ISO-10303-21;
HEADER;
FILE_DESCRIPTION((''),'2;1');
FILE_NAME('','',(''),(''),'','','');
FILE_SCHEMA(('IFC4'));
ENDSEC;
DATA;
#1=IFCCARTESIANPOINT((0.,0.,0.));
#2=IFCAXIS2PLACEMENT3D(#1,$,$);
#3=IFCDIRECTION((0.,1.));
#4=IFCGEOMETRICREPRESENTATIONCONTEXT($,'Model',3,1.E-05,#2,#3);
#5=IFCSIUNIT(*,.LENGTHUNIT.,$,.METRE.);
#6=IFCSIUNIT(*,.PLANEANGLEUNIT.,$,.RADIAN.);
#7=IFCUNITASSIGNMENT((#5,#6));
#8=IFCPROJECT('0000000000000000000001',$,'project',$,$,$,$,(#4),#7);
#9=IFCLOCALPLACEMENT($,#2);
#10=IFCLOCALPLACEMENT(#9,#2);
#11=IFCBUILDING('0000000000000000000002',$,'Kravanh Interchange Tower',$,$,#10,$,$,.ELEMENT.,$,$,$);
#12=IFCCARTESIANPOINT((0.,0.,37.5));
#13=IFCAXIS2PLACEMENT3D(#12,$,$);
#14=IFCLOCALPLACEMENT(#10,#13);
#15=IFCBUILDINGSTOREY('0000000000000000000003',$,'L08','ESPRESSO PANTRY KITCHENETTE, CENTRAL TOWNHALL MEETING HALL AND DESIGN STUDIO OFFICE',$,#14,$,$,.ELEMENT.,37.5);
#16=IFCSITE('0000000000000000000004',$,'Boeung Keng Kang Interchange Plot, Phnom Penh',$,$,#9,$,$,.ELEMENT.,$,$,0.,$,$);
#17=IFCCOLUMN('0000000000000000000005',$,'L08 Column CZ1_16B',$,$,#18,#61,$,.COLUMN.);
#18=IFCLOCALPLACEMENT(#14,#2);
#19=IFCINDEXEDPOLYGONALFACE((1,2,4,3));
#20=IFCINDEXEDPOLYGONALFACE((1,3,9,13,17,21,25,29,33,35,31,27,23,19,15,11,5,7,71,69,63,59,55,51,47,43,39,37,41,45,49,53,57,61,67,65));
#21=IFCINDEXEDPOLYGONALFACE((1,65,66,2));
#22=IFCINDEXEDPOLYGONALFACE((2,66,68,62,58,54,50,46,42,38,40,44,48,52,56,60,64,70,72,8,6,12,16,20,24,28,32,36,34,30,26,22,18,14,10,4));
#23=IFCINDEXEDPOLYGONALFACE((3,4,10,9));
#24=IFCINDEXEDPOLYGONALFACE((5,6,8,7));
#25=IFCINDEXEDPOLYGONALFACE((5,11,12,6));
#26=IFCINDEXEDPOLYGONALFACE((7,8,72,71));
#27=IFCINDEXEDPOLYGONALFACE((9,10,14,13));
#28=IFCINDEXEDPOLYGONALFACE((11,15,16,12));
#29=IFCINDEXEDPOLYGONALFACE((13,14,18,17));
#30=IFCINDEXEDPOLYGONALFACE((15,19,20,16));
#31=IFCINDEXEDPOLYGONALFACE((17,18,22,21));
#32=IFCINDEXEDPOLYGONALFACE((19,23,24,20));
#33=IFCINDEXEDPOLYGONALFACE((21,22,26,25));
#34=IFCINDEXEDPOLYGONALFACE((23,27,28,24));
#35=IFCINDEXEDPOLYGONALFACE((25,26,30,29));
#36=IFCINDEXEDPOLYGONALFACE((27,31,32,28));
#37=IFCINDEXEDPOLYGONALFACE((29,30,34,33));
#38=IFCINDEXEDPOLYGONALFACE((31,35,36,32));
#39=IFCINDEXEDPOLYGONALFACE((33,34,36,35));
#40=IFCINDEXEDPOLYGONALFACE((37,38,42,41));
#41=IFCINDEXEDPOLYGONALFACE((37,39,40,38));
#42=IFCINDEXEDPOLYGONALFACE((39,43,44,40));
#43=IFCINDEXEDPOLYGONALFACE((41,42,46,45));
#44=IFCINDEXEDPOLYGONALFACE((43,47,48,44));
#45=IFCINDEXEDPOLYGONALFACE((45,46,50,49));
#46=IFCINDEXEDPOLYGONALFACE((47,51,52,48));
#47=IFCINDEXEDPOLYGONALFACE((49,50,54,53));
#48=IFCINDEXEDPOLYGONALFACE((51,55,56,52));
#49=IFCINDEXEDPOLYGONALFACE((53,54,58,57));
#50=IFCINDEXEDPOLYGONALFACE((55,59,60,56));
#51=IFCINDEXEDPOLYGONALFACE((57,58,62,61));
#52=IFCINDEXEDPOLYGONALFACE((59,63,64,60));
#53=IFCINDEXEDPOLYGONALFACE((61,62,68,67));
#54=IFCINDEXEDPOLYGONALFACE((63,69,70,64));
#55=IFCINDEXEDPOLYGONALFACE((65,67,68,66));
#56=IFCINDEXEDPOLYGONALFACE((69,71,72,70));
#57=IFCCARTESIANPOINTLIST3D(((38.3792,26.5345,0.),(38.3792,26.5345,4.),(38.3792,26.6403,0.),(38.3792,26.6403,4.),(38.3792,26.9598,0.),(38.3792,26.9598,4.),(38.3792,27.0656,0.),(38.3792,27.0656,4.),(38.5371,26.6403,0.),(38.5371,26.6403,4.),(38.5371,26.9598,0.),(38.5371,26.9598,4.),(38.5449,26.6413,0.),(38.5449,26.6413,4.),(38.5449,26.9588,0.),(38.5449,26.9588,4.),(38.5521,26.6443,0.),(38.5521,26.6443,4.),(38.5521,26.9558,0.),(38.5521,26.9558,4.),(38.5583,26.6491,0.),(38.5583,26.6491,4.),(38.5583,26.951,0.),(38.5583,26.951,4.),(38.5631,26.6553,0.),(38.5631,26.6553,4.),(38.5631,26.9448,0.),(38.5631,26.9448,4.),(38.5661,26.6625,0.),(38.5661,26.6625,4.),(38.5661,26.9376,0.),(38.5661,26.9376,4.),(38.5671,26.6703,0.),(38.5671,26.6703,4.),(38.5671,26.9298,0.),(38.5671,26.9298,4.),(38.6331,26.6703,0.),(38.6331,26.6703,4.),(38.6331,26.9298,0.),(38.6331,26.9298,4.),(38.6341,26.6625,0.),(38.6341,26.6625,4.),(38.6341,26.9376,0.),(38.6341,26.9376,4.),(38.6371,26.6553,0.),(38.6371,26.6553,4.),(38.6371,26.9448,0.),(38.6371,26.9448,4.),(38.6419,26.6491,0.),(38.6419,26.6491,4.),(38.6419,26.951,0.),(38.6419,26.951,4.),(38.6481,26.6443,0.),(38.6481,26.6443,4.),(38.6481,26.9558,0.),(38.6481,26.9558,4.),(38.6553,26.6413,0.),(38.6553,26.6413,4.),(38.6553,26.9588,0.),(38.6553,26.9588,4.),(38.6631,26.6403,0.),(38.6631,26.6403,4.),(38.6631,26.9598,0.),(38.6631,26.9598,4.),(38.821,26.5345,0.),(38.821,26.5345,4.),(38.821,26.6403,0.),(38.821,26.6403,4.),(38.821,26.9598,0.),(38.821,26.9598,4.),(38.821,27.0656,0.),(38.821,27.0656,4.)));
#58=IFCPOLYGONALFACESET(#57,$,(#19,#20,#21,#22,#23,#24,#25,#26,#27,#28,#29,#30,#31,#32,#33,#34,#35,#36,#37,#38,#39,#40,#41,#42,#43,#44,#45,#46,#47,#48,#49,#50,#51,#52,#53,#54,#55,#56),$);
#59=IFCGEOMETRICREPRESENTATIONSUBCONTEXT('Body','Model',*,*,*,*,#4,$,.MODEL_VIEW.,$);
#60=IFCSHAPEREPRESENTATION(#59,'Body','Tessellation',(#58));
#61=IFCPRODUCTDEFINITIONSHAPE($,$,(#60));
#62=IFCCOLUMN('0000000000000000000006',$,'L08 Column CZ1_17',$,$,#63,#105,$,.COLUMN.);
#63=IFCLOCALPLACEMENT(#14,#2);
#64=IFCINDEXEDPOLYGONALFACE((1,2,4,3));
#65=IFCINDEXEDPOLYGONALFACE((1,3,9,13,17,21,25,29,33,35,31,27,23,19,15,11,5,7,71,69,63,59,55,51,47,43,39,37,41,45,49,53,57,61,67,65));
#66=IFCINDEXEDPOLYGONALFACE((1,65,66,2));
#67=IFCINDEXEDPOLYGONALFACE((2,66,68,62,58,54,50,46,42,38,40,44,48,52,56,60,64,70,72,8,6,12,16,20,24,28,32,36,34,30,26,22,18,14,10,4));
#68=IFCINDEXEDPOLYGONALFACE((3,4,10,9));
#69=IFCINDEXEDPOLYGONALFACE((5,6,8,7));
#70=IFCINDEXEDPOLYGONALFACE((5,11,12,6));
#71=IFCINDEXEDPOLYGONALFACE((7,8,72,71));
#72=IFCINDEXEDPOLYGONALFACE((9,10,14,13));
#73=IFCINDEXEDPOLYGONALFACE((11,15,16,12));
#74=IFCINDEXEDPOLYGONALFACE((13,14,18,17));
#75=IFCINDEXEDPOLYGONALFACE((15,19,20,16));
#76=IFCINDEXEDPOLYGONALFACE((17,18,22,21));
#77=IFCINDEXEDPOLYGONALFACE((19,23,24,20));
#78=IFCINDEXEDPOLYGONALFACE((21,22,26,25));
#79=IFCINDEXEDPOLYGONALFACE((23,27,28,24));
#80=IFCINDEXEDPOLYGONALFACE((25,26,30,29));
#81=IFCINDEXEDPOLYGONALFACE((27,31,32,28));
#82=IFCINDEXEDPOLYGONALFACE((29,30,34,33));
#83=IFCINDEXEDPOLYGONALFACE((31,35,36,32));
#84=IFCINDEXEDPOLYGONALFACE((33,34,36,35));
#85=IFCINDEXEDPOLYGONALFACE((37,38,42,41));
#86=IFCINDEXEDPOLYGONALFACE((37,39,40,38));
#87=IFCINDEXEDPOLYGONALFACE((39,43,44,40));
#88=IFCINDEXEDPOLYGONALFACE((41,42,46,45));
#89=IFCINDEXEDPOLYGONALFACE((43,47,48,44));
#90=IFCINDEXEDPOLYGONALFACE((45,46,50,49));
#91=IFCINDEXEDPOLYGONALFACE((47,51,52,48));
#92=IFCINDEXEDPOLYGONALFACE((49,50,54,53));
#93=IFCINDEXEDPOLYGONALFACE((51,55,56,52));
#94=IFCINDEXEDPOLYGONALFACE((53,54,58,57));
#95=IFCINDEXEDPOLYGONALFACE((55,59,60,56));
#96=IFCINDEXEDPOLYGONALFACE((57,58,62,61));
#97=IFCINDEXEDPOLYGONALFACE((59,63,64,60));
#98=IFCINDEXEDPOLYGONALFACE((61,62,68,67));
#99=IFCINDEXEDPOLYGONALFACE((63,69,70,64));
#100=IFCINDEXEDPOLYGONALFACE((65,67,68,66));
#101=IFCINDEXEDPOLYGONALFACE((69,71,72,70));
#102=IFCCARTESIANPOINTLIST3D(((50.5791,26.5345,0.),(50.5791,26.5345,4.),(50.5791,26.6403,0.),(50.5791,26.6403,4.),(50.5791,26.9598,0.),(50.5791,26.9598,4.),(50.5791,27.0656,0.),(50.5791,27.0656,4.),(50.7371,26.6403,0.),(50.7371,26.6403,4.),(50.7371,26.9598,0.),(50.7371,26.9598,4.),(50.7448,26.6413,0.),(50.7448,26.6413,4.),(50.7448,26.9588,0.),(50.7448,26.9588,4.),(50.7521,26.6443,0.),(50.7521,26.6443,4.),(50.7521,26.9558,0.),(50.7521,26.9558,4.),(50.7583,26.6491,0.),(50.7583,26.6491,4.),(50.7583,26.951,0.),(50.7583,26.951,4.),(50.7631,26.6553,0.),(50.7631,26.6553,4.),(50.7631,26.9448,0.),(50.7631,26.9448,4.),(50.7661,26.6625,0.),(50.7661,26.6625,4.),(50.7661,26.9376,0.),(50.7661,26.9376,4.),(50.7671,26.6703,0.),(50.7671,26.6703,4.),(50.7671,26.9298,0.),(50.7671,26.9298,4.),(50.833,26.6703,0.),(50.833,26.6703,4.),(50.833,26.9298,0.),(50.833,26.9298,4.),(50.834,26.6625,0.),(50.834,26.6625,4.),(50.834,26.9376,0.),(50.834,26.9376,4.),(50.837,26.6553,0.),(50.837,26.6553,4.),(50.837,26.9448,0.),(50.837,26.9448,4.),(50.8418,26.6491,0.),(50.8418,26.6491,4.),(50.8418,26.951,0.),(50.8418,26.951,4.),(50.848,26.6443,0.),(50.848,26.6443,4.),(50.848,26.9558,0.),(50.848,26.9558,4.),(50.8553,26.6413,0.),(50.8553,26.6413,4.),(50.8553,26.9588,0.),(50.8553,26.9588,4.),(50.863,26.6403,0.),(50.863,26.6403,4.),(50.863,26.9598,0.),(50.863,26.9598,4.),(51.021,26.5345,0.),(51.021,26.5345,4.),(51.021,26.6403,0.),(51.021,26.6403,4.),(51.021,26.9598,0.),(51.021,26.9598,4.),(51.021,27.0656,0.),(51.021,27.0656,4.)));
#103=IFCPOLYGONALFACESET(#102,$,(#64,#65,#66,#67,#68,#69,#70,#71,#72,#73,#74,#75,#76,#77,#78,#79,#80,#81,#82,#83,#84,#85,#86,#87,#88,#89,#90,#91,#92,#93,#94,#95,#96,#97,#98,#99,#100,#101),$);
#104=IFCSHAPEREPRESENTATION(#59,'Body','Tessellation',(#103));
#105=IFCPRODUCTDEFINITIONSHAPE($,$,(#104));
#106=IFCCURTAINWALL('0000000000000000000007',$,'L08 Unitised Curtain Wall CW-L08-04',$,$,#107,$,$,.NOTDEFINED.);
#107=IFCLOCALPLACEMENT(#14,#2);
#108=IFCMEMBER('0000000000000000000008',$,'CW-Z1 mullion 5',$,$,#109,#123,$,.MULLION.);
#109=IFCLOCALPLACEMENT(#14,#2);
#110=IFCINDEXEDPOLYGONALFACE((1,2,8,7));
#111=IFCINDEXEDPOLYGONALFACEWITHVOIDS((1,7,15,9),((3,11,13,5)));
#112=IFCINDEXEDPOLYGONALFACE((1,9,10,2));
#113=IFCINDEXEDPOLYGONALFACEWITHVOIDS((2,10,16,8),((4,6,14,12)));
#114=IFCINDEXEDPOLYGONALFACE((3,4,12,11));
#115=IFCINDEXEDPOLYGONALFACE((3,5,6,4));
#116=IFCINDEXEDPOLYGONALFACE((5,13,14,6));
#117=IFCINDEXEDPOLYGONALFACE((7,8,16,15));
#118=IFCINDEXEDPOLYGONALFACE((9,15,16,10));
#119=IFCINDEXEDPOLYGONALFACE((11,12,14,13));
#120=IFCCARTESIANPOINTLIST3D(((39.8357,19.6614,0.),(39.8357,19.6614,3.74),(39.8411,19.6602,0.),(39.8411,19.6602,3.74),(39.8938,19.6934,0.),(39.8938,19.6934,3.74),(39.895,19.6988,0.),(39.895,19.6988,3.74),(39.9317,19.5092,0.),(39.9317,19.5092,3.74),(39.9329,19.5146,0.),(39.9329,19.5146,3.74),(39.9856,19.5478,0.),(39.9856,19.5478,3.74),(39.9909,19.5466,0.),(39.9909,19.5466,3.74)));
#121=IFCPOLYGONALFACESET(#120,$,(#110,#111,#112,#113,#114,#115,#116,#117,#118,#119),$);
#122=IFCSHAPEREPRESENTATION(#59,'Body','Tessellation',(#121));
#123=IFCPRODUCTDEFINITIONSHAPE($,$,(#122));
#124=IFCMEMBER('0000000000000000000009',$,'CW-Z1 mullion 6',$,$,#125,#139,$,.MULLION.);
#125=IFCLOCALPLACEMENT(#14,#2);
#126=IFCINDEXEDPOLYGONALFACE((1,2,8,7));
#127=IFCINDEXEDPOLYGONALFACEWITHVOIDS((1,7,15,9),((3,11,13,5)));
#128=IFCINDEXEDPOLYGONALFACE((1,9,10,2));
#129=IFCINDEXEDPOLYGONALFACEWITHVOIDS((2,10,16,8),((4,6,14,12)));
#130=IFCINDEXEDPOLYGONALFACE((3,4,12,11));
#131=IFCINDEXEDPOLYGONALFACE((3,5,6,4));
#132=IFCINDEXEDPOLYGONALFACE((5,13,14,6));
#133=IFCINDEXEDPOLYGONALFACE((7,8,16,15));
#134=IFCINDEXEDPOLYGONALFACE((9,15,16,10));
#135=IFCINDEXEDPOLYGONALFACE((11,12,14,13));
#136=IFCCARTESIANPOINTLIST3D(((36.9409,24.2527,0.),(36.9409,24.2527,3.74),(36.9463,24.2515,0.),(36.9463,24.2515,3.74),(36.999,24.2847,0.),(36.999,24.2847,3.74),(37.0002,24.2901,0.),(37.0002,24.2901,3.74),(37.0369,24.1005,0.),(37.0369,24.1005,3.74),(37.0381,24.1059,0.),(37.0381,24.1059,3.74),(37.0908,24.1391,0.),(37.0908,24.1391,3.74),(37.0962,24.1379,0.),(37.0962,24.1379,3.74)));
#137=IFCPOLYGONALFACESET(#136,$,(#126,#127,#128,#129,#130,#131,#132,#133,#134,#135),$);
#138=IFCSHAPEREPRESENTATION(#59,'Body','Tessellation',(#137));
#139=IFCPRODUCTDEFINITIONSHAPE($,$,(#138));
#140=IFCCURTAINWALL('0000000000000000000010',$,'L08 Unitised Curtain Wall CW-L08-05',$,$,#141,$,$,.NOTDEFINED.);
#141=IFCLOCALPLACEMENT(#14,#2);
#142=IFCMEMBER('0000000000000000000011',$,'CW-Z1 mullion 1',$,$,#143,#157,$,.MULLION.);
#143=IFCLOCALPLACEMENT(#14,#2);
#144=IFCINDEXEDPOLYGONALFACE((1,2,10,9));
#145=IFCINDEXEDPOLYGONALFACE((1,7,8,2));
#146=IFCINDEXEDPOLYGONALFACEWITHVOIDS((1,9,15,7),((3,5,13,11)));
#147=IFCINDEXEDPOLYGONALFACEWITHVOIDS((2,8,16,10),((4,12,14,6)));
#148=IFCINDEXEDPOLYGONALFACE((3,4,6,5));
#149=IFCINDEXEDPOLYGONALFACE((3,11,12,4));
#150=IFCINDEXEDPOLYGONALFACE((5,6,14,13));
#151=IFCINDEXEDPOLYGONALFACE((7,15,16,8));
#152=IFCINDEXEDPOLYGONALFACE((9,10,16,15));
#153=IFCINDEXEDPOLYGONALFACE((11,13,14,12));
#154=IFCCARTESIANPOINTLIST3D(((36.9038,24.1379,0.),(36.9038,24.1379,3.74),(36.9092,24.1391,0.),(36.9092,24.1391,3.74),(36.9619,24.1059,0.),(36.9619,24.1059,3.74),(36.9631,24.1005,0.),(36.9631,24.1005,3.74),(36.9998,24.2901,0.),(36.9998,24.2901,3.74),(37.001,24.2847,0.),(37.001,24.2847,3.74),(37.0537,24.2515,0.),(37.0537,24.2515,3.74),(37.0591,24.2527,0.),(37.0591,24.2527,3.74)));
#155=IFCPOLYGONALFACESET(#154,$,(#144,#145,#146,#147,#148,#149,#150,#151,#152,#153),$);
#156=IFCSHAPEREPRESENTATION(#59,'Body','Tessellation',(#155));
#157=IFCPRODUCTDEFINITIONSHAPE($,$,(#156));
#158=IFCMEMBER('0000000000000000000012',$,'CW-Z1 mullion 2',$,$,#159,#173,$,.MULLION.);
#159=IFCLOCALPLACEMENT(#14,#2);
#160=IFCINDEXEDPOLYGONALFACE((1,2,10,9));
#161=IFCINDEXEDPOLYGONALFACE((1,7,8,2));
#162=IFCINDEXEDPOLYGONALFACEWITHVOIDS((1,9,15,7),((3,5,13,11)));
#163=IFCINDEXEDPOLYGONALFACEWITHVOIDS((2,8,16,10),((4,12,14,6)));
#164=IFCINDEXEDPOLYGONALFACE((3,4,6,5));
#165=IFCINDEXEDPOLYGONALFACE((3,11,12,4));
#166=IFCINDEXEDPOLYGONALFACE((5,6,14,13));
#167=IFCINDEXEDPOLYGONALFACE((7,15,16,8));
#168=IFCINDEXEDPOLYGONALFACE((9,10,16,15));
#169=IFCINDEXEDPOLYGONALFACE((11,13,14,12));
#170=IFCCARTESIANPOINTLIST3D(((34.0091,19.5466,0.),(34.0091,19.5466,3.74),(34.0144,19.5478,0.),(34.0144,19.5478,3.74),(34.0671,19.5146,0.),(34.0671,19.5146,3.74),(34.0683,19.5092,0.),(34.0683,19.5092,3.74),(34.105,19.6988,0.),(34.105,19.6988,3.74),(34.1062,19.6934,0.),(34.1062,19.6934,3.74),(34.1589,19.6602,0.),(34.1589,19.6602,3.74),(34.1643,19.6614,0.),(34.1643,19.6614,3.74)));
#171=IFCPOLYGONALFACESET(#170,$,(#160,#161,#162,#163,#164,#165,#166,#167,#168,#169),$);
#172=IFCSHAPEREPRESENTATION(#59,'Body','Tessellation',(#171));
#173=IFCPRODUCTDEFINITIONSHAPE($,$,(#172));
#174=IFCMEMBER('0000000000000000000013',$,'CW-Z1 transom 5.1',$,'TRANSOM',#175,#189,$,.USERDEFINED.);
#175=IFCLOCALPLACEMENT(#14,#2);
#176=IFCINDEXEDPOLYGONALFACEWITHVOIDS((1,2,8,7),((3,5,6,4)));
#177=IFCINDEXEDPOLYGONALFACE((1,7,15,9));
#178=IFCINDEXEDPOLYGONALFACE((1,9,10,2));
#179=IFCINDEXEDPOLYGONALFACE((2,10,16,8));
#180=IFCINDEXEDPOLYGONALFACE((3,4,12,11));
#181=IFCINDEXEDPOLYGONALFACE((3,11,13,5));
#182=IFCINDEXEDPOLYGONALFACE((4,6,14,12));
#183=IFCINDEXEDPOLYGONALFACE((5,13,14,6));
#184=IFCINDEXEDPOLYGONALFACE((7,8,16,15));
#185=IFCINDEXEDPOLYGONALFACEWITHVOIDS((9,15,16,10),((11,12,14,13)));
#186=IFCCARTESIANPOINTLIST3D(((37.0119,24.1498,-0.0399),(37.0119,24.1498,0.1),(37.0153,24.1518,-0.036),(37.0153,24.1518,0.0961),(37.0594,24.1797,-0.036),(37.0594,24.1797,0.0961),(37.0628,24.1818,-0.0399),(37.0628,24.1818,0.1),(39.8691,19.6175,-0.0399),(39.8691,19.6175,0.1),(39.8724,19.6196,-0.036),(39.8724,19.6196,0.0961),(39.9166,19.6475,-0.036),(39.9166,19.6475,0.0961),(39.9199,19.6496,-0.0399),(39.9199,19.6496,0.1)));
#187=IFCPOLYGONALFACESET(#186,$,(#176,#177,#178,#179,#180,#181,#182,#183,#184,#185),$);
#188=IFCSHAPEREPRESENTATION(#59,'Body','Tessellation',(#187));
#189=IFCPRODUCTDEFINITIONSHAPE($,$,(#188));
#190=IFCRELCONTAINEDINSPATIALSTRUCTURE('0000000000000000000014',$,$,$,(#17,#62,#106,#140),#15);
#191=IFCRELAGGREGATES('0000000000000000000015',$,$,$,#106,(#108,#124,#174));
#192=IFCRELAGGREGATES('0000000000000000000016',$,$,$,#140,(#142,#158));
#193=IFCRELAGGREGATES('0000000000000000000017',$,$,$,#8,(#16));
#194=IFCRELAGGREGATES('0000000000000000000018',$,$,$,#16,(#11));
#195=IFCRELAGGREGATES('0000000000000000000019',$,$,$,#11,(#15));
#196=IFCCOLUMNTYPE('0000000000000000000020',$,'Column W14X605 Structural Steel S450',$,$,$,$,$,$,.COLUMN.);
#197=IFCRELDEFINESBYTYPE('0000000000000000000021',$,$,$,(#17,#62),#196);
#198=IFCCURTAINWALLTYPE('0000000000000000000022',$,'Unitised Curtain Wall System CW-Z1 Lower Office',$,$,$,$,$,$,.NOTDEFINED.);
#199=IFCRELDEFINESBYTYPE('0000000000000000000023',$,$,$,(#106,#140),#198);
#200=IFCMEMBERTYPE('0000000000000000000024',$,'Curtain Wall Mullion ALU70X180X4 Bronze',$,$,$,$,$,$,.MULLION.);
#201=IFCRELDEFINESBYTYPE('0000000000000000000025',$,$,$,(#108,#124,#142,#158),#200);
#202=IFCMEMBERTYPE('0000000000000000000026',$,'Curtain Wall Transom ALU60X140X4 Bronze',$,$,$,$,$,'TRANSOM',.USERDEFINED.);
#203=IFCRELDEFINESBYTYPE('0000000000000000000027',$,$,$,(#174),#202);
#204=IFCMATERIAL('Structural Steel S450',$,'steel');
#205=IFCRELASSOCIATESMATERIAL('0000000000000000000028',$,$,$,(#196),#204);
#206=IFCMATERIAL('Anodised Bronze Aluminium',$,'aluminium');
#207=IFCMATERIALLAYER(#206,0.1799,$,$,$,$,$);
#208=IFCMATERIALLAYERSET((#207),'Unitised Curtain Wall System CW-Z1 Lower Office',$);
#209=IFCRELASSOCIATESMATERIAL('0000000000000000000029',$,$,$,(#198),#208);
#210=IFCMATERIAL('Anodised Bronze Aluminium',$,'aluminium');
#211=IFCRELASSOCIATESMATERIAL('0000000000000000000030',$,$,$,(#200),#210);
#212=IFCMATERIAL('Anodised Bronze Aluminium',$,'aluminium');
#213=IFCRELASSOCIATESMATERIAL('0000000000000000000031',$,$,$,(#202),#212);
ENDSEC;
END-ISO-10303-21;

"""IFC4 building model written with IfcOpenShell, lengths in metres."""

from ifc_helpers import new_model, si_unit, direction, frame, origin, origin_2d, place, context, subcontext, project, spatial, hollow_rectangle, i_section, extrude, material, layer, layer_set, material_profile, profile_set, type_object, element, aggregate, save


model = new_model("IFC4")

# Units and contexts
model_context = context("Model", 3, precision=1e-05, world=origin(), true_north=direction((0.0, 1.0)))
body_context = subcontext(model_context, "Body", "Model", "MODEL_VIEW")
ifc_project = project(units=[si_unit("LENGTHUNIT", "METRE"), si_unit("PLANEANGLEUNIT", "RADIAN")], contexts=[model_context])

# Site, building, storey
site_placement = place(None, origin())
site = spatial("IfcSite", under=ifc_project, at=site_placement, Name="Boeung Keng Kang Interchange Plot, Phnom Penh", CompositionType="ELEMENT", RefElevation=0.0)
building_placement = place(site_placement, origin())
building = spatial("IfcBuilding", under=site, at=building_placement, Name="Kravanh Interchange Tower", CompositionType="ELEMENT")
storey_placement = place(building_placement, frame((0.0, 0.0, 37.5)))
storey = spatial("IfcBuildingStorey", under=building, at=storey_placement, Name="L08", Description="ESPRESSO PANTRY KITCHENETTE, CENTRAL TOWNHALL MEETING HALL AND DESIGN STUDIO OFFICE", CompositionType="ELEMENT", Elevation=37.5)

# Columns
ifc_material_1 = material(Name="Structural Steel S450", Category="steel")
ifc_material_profile_1 = material_profile(ifc_material_1, i_section(OverallWidth=0.4419, OverallDepth=0.531, WebThickness=0.0659, FlangeThickness=0.1057, FilletRadius=0.03, at=origin_2d()), Name="W14X605")
ifc_profile_set_1 = profile_set([ifc_material_profile_1], Name="Structural Steel S450")
column_type = type_object("IfcColumnType", Name="Column W14X605 Structural Steel S450", PredefinedType="COLUMN", material=ifc_profile_set_1)
for number, where, z_axis, x_axis, name in (
    (1, (38.6001, 26.8, 0.0), (0.0, 0.0, 1.0), (1.0, 0.0, 0.0), "L08 Column CZ1_16B"),
    (2, (50.8, 26.8, 0.0), (0.0, 0.0, 1.0), (1.0, 0.0, 0.0), "L08 Column CZ1_17"),
):
    element("IfcColumn", number, at=place(storey_placement, frame(where, z_axis=z_axis, x_axis=x_axis)), inside=storey, type_object=column_type, Name=name, PredefinedType="COLUMN", context=body_context, shape_type="SweptSolid", body=[
        extrude(i_section(OverallWidth=0.4419, OverallDepth=0.531, WebThickness=0.0659, FlangeThickness=0.1057, FilletRadius=0.03, at=origin_2d()), origin(), (0.0, 0.0, 1.0), 4.0),
    ])

# Curtain walls, members
ifc_material_2 = material(Name="Anodised Bronze Aluminium", Category="aluminium")
ifc_layer_1 = layer(ifc_material_2, 0.1799)
ifc_layer_set_1 = layer_set([ifc_layer_1], Name="Unitised Curtain Wall System CW-Z1 Lower Office")
curtain_wall_type = type_object("IfcCurtainWallType", Name="Unitised Curtain Wall System CW-Z1 Lower Office", PredefinedType="NOTDEFINED", material=ifc_layer_set_1)
curtain_wall_1_placement = place(storey_placement, origin())
curtain_wall_1 = element("IfcCurtainWall", 3, at=curtain_wall_1_placement, inside=storey, type_object=curtain_wall_type, Name="L08 Unitised Curtain Wall CW-L08-04", PredefinedType="NOTDEFINED")
ifc_material_3 = material(Name="Anodised Bronze Aluminium", Category="aluminium")
ifc_material_profile_2 = material_profile(ifc_material_3, hollow_rectangle(XDim=0.0701, YDim=0.1799, WallThickness=0.0039, at=origin_2d()), Name="ALU70X180X4")
ifc_profile_set_2 = profile_set([ifc_material_profile_2], Name="Anodised Bronze Aluminium")
member_type_1 = type_object("IfcMemberType", Name="Curtain Wall Mullion ALU70X180X4 Bronze", PredefinedType="MULLION", material=ifc_profile_set_2)
member_1_placement = place(storey_placement, frame((39.9133, 19.604, 0.0), z_axis=(0.0, 0.0, 1.0), x_axis=(-0.845926, -0.533301, 0.0)))
member_1 = element("IfcMember", 4, at=member_1_placement, type_object=member_type_1, Name="CW-Z1 mullion 5", PredefinedType="MULLION", context=body_context, shape_type="SweptSolid", body=[
    extrude(hollow_rectangle(XDim=0.0701, YDim=0.1799, WallThickness=0.0039, at=origin_2d()), origin(), (0.0, 0.0, 1.0), 3.74),
])
member_2_placement = place(storey_placement, frame((37.0186, 24.1953, 0.0), z_axis=(0.0, 0.0, 1.0), x_axis=(-0.845926, -0.533301, 0.0)))
member_2 = element("IfcMember", 5, at=member_2_placement, type_object=member_type_1, Name="CW-Z1 mullion 6", PredefinedType="MULLION", context=body_context, shape_type="SweptSolid", body=[
    extrude(hollow_rectangle(XDim=0.0701, YDim=0.1799, WallThickness=0.0039, at=origin_2d()), origin(), (0.0, 0.0, 1.0), 3.74),
])
curtain_wall_2_placement = place(storey_placement, origin())
curtain_wall_2 = element("IfcCurtainWall", 6, at=curtain_wall_2_placement, inside=storey, type_object=curtain_wall_type, Name="L08 Unitised Curtain Wall CW-L08-05", PredefinedType="NOTDEFINED")
member_3_placement = place(storey_placement, frame((36.9814, 24.1953, 0.0), z_axis=(0.0, 0.0, 1.0), x_axis=(0.845926, -0.533301, 0.0)))
member_3 = element("IfcMember", 7, at=member_3_placement, type_object=member_type_1, Name="CW-Z1 mullion 1", PredefinedType="MULLION", context=body_context, shape_type="SweptSolid", body=[
    extrude(hollow_rectangle(XDim=0.0701, YDim=0.1799, WallThickness=0.0039, at=origin_2d()), origin(), (0.0, 0.0, 1.0), 3.74),
])
member_4_placement = place(storey_placement, frame((34.0867, 19.604, 0.0), z_axis=(0.0, 0.0, 1.0), x_axis=(0.845926, -0.533301, 0.0)))
member_4 = element("IfcMember", 8, at=member_4_placement, type_object=member_type_1, Name="CW-Z1 mullion 2", PredefinedType="MULLION", context=body_context, shape_type="SweptSolid", body=[
    extrude(hollow_rectangle(XDim=0.0701, YDim=0.1799, WallThickness=0.0039, at=origin_2d()), origin(), (0.0, 0.0, 1.0), 3.74),
])

# Member
ifc_material_4 = material(Name="Anodised Bronze Aluminium", Category="aluminium")
ifc_material_profile_3 = material_profile(ifc_material_4, hollow_rectangle(XDim=0.0601, YDim=0.1399, WallThickness=0.0039, at=origin_2d()), Name="ALU60X140X4")
ifc_profile_set_3 = profile_set([ifc_material_profile_3], Name="Anodised Bronze Aluminium")
member_type_2 = type_object("IfcMemberType", Name="Curtain Wall Transom ALU60X140X4 Bronze", ElementType="TRANSOM", PredefinedType="USERDEFINED", material=ifc_profile_set_3)
member_5_placement = place(storey_placement, frame((39.8945, 19.6335, 0.03), z_axis=(-0.533288, 0.845934, 0.0), x_axis=(-0.845934, -0.533288, 0.0)))
member_5 = element("IfcMember", 9, at=member_5_placement, type_object=member_type_2, Name="CW-Z1 transom 5.1", ObjectType="TRANSOM", PredefinedType="USERDEFINED", context=body_context, shape_type="SweptSolid", body=[
    extrude(hollow_rectangle(XDim=0.0601, YDim=0.1399, WallThickness=0.0039, at=origin_2d()), origin(), (0.0, 0.0, 1.0), 5.3577),
])

aggregate(curtain_wall_1, [member_1, member_2, member_5])
aggregate(curtain_wall_2, [member_3, member_4])

save(model, "model.ifc")
